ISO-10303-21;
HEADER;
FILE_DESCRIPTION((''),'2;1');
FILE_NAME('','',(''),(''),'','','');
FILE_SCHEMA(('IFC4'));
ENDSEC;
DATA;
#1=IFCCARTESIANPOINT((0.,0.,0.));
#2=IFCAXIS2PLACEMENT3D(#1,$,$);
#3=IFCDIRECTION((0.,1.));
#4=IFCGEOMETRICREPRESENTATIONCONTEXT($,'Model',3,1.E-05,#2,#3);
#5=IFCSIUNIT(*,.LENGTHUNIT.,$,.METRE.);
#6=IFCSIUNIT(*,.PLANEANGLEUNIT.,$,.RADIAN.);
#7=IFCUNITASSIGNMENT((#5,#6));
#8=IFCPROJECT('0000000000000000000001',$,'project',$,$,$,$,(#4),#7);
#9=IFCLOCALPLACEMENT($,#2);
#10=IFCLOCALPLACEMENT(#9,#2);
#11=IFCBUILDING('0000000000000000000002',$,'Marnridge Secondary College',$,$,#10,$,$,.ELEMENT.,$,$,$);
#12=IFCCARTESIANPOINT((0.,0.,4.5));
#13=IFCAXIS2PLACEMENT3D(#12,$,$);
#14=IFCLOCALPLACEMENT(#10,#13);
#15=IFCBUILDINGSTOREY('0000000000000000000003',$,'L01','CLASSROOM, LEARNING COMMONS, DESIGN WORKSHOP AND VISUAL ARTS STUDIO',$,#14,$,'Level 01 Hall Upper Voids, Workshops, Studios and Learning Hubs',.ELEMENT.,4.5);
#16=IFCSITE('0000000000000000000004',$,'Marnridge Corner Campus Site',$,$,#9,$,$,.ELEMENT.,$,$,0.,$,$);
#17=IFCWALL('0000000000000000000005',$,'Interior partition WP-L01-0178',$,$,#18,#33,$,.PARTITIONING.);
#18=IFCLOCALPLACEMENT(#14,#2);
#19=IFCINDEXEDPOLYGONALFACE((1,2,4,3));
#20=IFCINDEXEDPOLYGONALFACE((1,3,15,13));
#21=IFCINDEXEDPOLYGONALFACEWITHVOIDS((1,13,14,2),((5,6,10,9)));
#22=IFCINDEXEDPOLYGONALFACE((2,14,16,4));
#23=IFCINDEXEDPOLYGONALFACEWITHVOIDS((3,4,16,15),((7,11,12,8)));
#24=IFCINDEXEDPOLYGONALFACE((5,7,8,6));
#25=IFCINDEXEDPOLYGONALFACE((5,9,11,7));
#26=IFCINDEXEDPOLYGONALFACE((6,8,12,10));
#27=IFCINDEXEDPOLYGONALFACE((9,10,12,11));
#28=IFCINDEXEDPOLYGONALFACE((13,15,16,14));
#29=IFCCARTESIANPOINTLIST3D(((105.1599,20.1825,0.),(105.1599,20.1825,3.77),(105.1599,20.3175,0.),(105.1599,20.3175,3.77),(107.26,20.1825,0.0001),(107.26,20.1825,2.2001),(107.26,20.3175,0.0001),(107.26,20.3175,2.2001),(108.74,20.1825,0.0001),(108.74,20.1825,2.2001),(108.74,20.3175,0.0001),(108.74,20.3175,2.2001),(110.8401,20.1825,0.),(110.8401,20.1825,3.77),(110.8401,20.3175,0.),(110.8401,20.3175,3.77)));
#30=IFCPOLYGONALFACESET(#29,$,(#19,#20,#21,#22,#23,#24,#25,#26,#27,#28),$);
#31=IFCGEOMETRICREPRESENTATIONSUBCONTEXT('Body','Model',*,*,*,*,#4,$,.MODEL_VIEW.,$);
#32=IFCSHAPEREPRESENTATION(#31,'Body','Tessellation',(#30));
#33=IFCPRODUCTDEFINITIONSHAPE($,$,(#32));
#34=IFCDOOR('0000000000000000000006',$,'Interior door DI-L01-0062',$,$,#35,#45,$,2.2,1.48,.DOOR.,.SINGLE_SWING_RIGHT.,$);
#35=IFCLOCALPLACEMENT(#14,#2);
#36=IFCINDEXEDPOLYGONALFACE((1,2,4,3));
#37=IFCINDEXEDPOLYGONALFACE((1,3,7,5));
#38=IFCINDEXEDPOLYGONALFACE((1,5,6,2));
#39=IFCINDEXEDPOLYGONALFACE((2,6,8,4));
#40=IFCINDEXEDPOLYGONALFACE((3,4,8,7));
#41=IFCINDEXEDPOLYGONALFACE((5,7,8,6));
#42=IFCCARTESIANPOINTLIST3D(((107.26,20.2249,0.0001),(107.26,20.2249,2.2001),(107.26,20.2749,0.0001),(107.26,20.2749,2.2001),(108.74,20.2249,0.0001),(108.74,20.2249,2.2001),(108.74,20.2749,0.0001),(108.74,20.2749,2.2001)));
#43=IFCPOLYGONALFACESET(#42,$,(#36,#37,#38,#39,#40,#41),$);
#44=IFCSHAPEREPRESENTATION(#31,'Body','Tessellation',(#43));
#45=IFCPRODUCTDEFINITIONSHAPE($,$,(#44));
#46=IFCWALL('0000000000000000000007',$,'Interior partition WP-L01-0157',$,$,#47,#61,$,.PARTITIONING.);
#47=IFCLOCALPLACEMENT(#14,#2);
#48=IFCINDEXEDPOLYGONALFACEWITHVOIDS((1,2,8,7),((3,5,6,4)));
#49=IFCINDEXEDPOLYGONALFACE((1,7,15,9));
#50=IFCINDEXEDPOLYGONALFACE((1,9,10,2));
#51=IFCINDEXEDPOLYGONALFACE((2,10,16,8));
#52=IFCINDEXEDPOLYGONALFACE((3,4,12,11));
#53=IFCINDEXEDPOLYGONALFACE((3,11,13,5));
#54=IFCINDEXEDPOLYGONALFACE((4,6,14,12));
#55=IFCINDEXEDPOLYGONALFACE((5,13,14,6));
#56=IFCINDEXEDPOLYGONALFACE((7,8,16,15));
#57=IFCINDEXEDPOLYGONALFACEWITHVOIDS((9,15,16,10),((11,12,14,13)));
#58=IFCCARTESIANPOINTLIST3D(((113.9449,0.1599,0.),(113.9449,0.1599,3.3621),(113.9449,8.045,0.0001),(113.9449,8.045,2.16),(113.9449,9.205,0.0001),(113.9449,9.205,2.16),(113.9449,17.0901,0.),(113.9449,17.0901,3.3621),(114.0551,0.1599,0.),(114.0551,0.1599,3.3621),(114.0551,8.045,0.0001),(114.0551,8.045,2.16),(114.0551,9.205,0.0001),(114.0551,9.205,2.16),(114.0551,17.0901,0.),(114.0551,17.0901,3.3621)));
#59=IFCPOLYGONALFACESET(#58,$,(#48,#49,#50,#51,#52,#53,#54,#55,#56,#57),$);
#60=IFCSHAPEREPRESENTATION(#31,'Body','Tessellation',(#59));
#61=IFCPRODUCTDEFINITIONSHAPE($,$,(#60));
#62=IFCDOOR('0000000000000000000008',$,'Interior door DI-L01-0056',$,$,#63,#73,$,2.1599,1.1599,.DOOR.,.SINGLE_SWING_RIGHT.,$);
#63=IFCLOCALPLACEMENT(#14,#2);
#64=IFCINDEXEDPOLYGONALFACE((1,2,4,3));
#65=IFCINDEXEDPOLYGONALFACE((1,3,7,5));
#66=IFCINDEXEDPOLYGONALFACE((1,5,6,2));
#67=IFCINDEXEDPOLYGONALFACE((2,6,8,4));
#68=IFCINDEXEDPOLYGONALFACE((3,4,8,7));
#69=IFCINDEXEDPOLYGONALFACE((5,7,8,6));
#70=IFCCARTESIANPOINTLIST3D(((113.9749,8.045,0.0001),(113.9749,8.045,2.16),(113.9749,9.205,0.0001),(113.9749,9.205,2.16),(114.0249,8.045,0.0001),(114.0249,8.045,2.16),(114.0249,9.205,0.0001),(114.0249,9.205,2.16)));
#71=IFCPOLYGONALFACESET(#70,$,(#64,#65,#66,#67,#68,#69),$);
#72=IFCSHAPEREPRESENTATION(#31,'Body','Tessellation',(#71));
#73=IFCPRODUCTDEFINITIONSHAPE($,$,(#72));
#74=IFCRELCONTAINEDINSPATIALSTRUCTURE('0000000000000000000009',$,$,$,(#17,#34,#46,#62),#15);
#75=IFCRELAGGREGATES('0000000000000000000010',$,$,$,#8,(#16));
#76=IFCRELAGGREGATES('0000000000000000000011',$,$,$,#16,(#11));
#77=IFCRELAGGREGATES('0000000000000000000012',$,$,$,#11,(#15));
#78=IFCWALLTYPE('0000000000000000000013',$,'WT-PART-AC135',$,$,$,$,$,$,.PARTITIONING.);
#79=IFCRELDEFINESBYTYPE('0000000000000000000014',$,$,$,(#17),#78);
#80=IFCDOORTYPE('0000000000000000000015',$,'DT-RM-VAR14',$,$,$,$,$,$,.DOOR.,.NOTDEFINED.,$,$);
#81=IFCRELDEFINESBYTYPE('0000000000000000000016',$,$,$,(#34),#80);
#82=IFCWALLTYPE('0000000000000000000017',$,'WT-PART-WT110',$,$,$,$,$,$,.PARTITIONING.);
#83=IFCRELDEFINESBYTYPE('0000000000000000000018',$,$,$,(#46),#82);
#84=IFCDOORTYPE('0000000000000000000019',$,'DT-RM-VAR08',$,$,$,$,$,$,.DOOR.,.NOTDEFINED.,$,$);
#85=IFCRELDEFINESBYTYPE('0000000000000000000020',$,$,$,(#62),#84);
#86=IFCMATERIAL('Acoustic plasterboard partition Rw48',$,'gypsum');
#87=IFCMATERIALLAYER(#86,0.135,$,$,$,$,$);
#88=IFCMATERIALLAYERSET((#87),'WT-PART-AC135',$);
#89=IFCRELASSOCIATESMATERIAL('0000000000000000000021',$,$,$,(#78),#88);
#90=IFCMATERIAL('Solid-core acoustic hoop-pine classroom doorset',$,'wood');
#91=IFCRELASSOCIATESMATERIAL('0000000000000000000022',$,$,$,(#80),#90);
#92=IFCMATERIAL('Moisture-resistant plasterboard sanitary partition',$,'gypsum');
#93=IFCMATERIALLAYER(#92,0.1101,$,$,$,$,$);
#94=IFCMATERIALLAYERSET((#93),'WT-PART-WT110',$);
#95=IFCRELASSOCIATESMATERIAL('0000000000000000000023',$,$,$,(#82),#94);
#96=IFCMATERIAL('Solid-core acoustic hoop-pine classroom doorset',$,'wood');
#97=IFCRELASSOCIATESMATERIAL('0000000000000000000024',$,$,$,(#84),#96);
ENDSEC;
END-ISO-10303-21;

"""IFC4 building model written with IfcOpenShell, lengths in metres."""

from ifc_helpers import new_model, si_unit, direction, frame, frame_2d, origin, place, context, subcontext, project, spatial, rectangle, extrude, material, layer, layer_set, type_object, element, fill, save


model = new_model("IFC4")

# Units and contexts
model_context = context("Model", 3, precision=1e-05, world=origin(), true_north=direction((0.0, 1.0)))
body_context = subcontext(model_context, "Body", "Model", "MODEL_VIEW")
ifc_project = project(units=[si_unit("LENGTHUNIT", "METRE"), si_unit("PLANEANGLEUNIT", "RADIAN")], contexts=[model_context])

# Site, building, storey
site_placement = place(None, origin())
site = spatial("IfcSite", under=ifc_project, at=site_placement, Name="Marnridge Corner Campus Site", CompositionType="ELEMENT", RefElevation=0.0)
building_placement = place(site_placement, origin())
building = spatial("IfcBuilding", under=site, at=building_placement, Name="Marnridge Secondary College", CompositionType="ELEMENT")
storey_placement = place(building_placement, frame((0.0, 0.0, 4.5)))
storey = spatial("IfcBuildingStorey", under=building, at=storey_placement, Name="L01", Description="CLASSROOM, LEARNING COMMONS, DESIGN WORKSHOP AND VISUAL ARTS STUDIO", LongName="Level 01 Hall Upper Voids, Workshops, Studios and Learning Hubs", CompositionType="ELEMENT", Elevation=4.5)

# Shared definitions
ifc_material_1 = material(Name="Acoustic plasterboard partition Rw48", Category="gypsum")
ifc_layer_1 = layer(ifc_material_1, 0.135)
ifc_layer_set_1 = layer_set([ifc_layer_1], Name="WT-PART-AC135")
wall_type_1 = type_object("IfcWallType", Name="WT-PART-AC135", PredefinedType="PARTITIONING", material=ifc_layer_set_1)

# Walls, openings, doors
wall_1_placement = place(storey_placement, frame((105.1599, 20.25, 0.0), z_axis=(0.0, 0.0, 1.0), x_axis=(1.0, 0.0, 0.0)))
wall_1 = element("IfcWall", 1, at=wall_1_placement, inside=storey, type_object=wall_type_1, Name="Interior partition WP-L01-0178", PredefinedType="PARTITIONING", context=body_context, shape_type="SweptSolid", body=[
    extrude(rectangle(XDim=5.6802, YDim=0.135, at=frame_2d((2.8401, 0.0))), origin(), (0.0, 0.0, 1.0), 3.77),
])
opening_1_placement = place(wall_1_placement, frame((2.1001, 0.0, 0.0)))
opening_1 = element("IfcOpeningElement", 2, at=opening_1_placement, cuts=wall_1, PredefinedType="OPENING", context=body_context, shape_type="SweptSolid", body=[
    extrude(rectangle(XDim=1.48, YDim=2.2, at=frame_2d((0.74, 1.1001))), frame((0.0, 0.0774, 0.0), z_axis=(0.0, -1.0, 0.0), x_axis=(1.0, 0.0, 0.0)), (0.0, 0.0, 1.0), 0.155),
])
ifc_material_2 = material(Name="Solid-core acoustic hoop-pine classroom doorset", Category="wood")
door_type_1 = type_object("IfcDoorType", Name="DT-RM-VAR14", OperationType="NOTDEFINED", PredefinedType="DOOR", material=ifc_material_2)
door_1_placement = place(opening_1_placement, origin())
door_1 = element("IfcDoor", 3, at=door_1_placement, inside=storey, type_object=door_type_1, Name="Interior door DI-L01-0062", OperationType="SINGLE_SWING_RIGHT", OverallHeight=2.2, OverallWidth=1.48, PredefinedType="DOOR", context=body_context, shape_type="SweptSolid", body=[
    extrude(rectangle(XDim=1.48, YDim=2.2, at=frame_2d((0.74, 1.1001))), frame((0.0, 0.0249, 0.0), z_axis=(0.0, -1.0, 0.0), x_axis=(1.0, 0.0, 0.0)), (0.0, 0.0, 1.0), 0.05),
])
fill(opening_1, door_1)
ifc_material_3 = material(Name="Moisture-resistant plasterboard sanitary partition", Category="gypsum")
ifc_layer_2 = layer(ifc_material_3, 0.1101)
ifc_layer_set_2 = layer_set([ifc_layer_2], Name="WT-PART-WT110")
wall_type_2 = type_object("IfcWallType", Name="WT-PART-WT110", PredefinedType="PARTITIONING", material=ifc_layer_set_2)
wall_2_placement = place(storey_placement, frame((114.0, 17.0901, 0.0), z_axis=(0.0, 0.0, 1.0), x_axis=(0.0, -1.0, 0.0)))
wall_2 = element("IfcWall", 4, at=wall_2_placement, inside=storey, type_object=wall_type_2, Name="Interior partition WP-L01-0157", PredefinedType="PARTITIONING", context=body_context, shape_type="SweptSolid", body=[
    extrude(rectangle(XDim=16.9302, YDim=0.1101, at=frame_2d((8.4651, 0.0))), origin(), (0.0, 0.0, 1.0), 3.3621),
])
opening_2_placement = place(wall_2_placement, frame((7.885, 0.0, 0.0)))
opening_2 = element("IfcOpeningElement", 5, at=opening_2_placement, cuts=wall_2, PredefinedType="OPENING", context=body_context, shape_type="SweptSolid", body=[
    extrude(rectangle(XDim=1.1599, YDim=2.1599, at=frame_2d((0.5801, 1.0801))), frame((0.0, 0.0649, 0.0), z_axis=(0.0, -1.0, 0.0), x_axis=(1.0, 0.0, 0.0)), (0.0, 0.0, 1.0), 0.1301),
])
ifc_material_4 = material(Name="Solid-core acoustic hoop-pine classroom doorset", Category="wood")
door_type_2 = type_object("IfcDoorType", Name="DT-RM-VAR08", OperationType="NOTDEFINED", PredefinedType="DOOR", material=ifc_material_4)
door_2_placement = place(opening_2_placement, origin())
door_2 = element("IfcDoor", 6, at=door_2_placement, inside=storey, type_object=door_type_2, Name="Interior door DI-L01-0056", OperationType="SINGLE_SWING_RIGHT", OverallHeight=2.1599, OverallWidth=1.1599, PredefinedType="DOOR", context=body_context, shape_type="SweptSolid", body=[
    extrude(rectangle(XDim=1.1599, YDim=2.1599, at=frame_2d((0.5801, 1.0801))), frame((0.0, 0.0249, 0.0), z_axis=(0.0, -1.0, 0.0), x_axis=(1.0, 0.0, 0.0)), (0.0, 0.0, 1.0), 0.05),
])
fill(opening_2, door_2)

save(model, "model.ifc")
